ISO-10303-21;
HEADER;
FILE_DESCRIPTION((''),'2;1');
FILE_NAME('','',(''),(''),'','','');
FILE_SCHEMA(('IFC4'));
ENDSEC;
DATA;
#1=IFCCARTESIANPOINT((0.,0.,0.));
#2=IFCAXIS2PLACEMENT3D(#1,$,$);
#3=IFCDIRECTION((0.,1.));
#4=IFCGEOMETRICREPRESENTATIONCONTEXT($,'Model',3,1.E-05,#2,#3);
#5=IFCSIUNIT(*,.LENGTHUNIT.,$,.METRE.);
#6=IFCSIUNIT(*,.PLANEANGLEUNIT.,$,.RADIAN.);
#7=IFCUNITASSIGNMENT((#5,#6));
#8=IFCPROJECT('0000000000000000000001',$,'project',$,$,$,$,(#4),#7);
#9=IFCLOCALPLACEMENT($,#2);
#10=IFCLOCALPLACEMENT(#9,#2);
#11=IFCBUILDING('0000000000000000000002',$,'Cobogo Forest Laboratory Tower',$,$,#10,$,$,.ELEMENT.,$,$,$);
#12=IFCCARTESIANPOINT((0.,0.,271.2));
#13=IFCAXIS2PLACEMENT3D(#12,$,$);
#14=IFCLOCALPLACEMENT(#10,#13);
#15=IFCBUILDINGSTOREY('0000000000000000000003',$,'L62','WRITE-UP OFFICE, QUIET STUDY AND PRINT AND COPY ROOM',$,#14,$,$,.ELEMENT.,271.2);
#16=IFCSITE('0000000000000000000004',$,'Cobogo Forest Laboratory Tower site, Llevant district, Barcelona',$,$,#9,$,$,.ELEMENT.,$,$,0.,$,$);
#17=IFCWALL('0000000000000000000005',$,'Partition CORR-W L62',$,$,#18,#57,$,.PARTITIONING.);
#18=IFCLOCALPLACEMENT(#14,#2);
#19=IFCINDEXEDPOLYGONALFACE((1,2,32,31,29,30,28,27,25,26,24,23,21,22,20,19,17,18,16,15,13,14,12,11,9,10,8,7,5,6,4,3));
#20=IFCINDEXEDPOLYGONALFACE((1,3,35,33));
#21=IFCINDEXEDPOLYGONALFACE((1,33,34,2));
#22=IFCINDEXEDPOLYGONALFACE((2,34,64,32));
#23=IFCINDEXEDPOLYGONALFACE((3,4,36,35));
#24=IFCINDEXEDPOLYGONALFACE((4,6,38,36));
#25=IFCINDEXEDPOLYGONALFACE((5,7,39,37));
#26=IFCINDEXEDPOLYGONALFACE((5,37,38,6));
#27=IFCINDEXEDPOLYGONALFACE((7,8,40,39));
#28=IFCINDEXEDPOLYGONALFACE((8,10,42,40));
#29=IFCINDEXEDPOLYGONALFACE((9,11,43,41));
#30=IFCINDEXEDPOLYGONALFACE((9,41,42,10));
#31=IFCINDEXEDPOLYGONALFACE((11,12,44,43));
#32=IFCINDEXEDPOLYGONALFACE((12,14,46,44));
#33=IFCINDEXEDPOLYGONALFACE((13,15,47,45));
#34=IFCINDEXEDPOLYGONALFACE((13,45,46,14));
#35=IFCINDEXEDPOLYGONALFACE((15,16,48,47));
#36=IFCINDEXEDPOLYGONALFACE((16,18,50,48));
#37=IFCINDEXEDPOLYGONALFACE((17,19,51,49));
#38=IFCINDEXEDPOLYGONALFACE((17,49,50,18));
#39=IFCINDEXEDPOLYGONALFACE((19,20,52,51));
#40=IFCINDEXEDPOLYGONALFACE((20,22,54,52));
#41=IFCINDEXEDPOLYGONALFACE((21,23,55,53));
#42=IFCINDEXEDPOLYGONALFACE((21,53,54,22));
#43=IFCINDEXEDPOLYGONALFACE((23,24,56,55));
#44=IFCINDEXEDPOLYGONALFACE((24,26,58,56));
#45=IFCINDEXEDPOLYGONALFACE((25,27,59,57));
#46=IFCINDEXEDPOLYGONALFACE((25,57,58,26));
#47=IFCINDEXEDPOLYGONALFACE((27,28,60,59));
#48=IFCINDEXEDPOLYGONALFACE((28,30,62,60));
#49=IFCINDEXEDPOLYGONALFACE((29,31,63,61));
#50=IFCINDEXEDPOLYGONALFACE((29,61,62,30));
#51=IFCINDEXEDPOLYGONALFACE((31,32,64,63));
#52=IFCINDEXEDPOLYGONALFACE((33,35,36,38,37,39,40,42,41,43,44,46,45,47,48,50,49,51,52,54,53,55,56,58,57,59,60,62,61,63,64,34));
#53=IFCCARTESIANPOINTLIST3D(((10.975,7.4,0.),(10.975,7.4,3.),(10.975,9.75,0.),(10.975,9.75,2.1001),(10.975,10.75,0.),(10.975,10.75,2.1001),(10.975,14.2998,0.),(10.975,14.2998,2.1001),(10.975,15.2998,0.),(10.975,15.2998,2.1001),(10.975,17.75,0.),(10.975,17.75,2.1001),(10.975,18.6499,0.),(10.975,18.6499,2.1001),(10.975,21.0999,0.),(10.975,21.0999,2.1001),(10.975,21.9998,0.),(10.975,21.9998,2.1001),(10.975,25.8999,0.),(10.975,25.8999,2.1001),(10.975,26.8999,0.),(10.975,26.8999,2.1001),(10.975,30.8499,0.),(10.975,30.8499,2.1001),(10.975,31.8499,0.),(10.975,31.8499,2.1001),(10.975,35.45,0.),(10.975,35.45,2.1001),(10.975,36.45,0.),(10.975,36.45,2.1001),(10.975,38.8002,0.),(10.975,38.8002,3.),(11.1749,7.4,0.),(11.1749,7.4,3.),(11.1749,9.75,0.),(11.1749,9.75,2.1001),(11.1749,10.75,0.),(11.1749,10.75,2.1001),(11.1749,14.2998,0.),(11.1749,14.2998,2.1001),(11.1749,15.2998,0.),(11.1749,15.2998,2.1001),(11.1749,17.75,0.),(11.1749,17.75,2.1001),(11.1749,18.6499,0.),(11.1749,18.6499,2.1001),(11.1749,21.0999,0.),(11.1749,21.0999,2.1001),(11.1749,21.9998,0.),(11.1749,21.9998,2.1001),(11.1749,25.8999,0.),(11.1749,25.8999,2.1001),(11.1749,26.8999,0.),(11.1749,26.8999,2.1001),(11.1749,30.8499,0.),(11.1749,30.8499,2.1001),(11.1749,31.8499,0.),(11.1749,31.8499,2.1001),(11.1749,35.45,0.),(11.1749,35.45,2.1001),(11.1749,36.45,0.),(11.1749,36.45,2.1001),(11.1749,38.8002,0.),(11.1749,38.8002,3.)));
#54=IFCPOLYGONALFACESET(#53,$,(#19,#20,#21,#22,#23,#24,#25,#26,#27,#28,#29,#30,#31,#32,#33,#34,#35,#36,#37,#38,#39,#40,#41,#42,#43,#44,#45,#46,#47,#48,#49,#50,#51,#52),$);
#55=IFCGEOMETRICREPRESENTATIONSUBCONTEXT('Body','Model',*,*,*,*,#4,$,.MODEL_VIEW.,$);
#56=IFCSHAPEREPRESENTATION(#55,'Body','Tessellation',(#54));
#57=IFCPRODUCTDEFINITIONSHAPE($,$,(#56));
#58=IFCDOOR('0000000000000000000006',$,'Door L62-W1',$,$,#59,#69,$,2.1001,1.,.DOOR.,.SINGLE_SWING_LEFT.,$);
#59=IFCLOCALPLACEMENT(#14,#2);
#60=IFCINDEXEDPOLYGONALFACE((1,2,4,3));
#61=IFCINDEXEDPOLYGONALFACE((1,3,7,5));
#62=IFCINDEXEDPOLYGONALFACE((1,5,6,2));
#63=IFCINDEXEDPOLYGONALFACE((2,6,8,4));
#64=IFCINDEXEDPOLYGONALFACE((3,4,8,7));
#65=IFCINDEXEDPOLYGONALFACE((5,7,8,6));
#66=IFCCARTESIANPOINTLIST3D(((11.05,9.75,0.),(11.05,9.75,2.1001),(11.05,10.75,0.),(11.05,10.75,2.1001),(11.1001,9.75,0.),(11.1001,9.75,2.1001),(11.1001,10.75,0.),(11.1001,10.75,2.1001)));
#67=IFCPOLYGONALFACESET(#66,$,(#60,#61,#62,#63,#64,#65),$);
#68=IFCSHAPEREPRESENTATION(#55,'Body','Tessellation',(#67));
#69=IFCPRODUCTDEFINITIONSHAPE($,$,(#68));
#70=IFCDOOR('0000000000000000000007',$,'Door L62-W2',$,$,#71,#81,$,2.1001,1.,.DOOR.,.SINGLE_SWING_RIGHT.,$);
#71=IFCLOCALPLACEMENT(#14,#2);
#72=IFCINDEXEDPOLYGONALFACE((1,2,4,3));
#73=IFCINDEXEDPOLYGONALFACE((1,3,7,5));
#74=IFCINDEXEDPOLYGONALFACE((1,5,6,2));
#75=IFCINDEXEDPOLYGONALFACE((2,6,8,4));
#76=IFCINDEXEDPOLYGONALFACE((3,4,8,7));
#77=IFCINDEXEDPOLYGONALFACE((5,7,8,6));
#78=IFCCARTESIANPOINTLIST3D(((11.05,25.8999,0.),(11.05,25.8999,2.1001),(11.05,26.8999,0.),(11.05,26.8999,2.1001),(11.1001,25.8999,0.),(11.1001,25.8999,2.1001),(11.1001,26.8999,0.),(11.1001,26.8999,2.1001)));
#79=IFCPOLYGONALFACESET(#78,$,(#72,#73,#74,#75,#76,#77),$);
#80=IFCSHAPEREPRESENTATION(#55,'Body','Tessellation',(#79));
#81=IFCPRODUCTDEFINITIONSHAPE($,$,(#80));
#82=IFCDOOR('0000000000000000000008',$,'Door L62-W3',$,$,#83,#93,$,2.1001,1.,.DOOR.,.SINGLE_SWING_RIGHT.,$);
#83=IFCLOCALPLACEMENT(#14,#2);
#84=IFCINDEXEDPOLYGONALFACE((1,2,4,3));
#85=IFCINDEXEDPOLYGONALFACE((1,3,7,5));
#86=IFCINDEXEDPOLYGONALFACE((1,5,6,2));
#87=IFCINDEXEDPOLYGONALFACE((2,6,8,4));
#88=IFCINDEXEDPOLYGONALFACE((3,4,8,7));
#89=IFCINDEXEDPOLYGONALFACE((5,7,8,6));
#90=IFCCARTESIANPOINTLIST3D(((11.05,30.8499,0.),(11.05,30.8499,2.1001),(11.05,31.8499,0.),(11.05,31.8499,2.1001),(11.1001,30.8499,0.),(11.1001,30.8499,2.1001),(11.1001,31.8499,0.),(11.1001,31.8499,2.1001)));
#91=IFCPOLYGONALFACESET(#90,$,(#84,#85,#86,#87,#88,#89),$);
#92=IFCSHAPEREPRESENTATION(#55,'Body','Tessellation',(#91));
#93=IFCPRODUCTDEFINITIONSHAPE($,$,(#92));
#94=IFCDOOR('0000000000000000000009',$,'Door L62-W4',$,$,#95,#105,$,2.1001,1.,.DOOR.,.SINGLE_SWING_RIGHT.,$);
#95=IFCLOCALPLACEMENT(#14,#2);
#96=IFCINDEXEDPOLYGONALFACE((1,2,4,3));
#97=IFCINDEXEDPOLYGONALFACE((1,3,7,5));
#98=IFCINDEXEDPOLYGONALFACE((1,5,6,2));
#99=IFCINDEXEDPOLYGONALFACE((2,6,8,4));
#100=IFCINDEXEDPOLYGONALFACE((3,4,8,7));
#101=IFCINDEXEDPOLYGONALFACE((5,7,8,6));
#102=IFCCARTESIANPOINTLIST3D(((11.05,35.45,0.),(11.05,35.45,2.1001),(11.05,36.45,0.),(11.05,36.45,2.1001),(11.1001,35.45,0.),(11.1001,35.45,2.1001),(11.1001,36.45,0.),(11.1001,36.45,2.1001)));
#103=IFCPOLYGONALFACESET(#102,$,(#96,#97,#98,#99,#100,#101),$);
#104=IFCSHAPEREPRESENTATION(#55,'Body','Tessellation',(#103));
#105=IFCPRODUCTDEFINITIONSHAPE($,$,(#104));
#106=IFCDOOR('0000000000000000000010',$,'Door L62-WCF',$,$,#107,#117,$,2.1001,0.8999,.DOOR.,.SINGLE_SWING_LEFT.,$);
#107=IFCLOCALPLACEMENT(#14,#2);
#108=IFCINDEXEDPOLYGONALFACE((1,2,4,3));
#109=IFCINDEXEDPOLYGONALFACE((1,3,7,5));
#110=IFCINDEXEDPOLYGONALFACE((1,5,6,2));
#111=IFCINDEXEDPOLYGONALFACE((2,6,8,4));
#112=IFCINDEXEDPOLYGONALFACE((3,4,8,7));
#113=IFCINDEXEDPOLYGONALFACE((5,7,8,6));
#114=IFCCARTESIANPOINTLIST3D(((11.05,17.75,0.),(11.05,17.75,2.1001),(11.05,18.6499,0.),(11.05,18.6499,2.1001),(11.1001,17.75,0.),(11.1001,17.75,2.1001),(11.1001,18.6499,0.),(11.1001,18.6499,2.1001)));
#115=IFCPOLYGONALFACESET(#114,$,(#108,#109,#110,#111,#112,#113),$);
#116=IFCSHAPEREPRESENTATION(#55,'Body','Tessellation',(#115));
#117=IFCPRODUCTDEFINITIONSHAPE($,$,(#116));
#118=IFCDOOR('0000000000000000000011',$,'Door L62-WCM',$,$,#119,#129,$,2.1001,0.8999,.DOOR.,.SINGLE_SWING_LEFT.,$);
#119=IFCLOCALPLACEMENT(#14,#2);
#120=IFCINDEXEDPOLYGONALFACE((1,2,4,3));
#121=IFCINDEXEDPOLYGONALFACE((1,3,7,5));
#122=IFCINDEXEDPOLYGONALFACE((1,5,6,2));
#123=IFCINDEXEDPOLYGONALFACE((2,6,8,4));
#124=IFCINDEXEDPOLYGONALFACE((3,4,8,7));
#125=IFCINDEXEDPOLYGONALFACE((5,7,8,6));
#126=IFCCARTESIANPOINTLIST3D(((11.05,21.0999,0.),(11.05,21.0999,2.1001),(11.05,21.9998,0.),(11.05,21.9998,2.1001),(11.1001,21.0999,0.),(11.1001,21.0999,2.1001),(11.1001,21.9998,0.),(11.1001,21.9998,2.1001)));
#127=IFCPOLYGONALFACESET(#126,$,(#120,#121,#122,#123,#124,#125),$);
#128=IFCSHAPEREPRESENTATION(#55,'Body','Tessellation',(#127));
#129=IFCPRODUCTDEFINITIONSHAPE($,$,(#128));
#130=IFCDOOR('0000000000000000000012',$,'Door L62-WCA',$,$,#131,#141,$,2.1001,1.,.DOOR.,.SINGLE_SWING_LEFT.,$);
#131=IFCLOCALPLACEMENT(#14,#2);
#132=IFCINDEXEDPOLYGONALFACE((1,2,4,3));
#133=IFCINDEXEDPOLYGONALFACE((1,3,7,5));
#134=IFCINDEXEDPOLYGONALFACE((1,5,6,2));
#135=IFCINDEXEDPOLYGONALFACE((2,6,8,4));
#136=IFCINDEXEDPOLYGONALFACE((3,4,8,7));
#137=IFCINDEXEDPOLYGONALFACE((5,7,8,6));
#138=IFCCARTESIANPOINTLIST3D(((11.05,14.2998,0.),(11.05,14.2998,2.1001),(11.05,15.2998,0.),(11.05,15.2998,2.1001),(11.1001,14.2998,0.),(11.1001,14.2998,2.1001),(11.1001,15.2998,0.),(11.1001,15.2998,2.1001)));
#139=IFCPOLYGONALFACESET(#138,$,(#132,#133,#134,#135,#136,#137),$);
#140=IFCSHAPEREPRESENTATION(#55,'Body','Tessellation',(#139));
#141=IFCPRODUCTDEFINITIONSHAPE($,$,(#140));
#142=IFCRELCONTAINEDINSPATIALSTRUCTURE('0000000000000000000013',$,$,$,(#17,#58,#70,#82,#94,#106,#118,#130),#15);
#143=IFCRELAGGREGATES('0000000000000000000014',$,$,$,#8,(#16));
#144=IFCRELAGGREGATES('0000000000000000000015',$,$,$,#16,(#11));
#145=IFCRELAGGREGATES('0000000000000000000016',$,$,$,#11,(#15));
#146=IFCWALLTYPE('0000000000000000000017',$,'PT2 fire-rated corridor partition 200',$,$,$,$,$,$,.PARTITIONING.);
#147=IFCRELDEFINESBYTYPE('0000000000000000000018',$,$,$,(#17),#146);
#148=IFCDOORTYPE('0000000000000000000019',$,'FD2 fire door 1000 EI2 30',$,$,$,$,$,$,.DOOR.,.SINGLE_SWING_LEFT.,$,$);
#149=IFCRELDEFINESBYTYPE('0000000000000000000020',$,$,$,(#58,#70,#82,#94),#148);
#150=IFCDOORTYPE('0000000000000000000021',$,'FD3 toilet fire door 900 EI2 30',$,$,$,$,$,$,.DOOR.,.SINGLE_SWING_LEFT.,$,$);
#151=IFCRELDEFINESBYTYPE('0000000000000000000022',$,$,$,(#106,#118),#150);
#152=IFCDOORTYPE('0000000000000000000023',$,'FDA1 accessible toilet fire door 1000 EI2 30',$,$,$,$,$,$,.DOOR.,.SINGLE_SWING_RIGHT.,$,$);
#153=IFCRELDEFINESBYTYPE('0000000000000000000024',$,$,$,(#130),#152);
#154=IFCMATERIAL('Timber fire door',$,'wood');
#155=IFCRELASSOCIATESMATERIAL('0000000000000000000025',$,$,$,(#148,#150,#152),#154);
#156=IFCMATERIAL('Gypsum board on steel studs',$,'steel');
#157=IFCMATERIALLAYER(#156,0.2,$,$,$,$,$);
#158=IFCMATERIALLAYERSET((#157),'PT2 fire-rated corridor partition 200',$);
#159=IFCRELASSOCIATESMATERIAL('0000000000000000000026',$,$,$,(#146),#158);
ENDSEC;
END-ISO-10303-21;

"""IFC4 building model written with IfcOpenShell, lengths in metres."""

from ifc_helpers import new_model, si_unit, direction, frame, frame_2d, origin, place, context, subcontext, project, spatial, rectangle, extrude, material, layer, layer_set, type_object, element, fill, save


model = new_model("IFC4")

# Units and contexts
model_context = context("Model", 3, precision=1e-05, world=origin(), true_north=direction((0.0, 1.0)))
body_context = subcontext(model_context, "Body", "Model", "MODEL_VIEW")
ifc_project = project(units=[si_unit("LENGTHUNIT", "METRE"), si_unit("PLANEANGLEUNIT", "RADIAN")], contexts=[model_context])

# Site, building, storey
site_placement = place(None, origin())
site = spatial("IfcSite", under=ifc_project, at=site_placement, Name="Cobogo Forest Laboratory Tower site, Llevant district, Barcelona", CompositionType="ELEMENT", RefElevation=0.0)
building_placement = place(site_placement, origin())
building = spatial("IfcBuilding", under=site, at=building_placement, Name="Cobogo Forest Laboratory Tower", CompositionType="ELEMENT")
storey_placement = place(building_placement, frame((0.0, 0.0, 271.2)))
storey = spatial("IfcBuildingStorey", under=building, at=storey_placement, Name="L62", Description="WRITE-UP OFFICE, QUIET STUDY AND PRINT AND COPY ROOM", CompositionType="ELEMENT", Elevation=271.2)

# Shared definitions
ifc_material_1 = material(Name="Gypsum board on steel studs", Category="steel")
ifc_material_2 = material(Name="Timber fire door", Category="wood")
door_type_1 = type_object("IfcDoorType", Name="FD2 fire door 1000 EI2 30", OperationType="SINGLE_SWING_LEFT", PredefinedType="DOOR", material=ifc_material_2)

# Wall, openings, doors
ifc_layer_1 = layer(ifc_material_1, 0.2)
ifc_layer_set_1 = layer_set([ifc_layer_1], Name="PT2 fire-rated corridor partition 200")
wall_type_1 = type_object("IfcWallType", Name="PT2 fire-rated corridor partition 200", PredefinedType="PARTITIONING", material=ifc_layer_set_1)
wall_1_placement = place(storey_placement, frame((11.075, 7.3999, 0.0), z_axis=(0.0, 0.0, 1.0), x_axis=(0.0, 1.0, 0.0)))
wall_1 = element("IfcWall", 1, at=wall_1_placement, inside=storey, type_object=wall_type_1, Name="Partition CORR-W L62", PredefinedType="PARTITIONING", context=body_context, shape_type="SweptSolid", body=[
    extrude(rectangle(XDim=31.4001, YDim=0.2, at=frame_2d((15.7002, 0.0))), origin(), (0.0, 0.0, 1.0), 3.0),
])
opening_1_placement = place(wall_1_placement, frame((2.3501, 0.0, 0.0)))
opening_1 = element("IfcOpeningElement", 2, at=opening_1_placement, cuts=wall_1, PredefinedType="OPENING", context=body_context, shape_type="SweptSolid", body=[
    extrude(rectangle(XDim=1.0, YDim=2.1001, at=frame_2d((0.5, 1.05))), frame((0.0, 0.1099, 0.0), z_axis=(0.0, -1.0, 0.0), x_axis=(1.0, 0.0, 0.0)), (0.0, 0.0, 1.0), 0.22),
])
opening_2_placement = place(wall_1_placement, frame((6.8999, 0.0, 0.0)))
opening_2 = element("IfcOpeningElement", 3, at=opening_2_placement, cuts=wall_1, PredefinedType="OPENING", context=body_context, shape_type="SweptSolid", body=[
    extrude(rectangle(XDim=1.0, YDim=2.1001, at=frame_2d((0.5, 1.05))), frame((0.0, 0.1099, 0.0), z_axis=(0.0, -1.0, 0.0), x_axis=(1.0, 0.0, 0.0)), (0.0, 0.0, 1.0), 0.22),
])
opening_3_placement = place(wall_1_placement, frame((10.3501, 0.0, 0.0)))
opening_3 = element("IfcOpeningElement", 4, at=opening_3_placement, cuts=wall_1, PredefinedType="OPENING", context=body_context, shape_type="SweptSolid", body=[
    extrude(rectangle(XDim=0.8999, YDim=2.1001, at=frame_2d((0.45, 1.05))), frame((0.0, 0.1099, 0.0), z_axis=(0.0, -1.0, 0.0), x_axis=(1.0, 0.0, 0.0)), (0.0, 0.0, 1.0), 0.22),
])
opening_4_placement = place(wall_1_placement, frame((13.7, 0.0, 0.0)))
opening_4 = element("IfcOpeningElement", 5, at=opening_4_placement, cuts=wall_1, PredefinedType="OPENING", context=body_context, shape_type="SweptSolid", body=[
    extrude(rectangle(XDim=0.8999, YDim=2.1001, at=frame_2d((0.45, 1.05))), frame((0.0, 0.1099, 0.0), z_axis=(0.0, -1.0, 0.0), x_axis=(1.0, 0.0, 0.0)), (0.0, 0.0, 1.0), 0.22),
])
opening_5_placement = place(wall_1_placement, frame((18.5, 0.0, 0.0)))
opening_5 = element("IfcOpeningElement", 6, at=opening_5_placement, cuts=wall_1, PredefinedType="OPENING", context=body_context, shape_type="SweptSolid", body=[
    extrude(rectangle(XDim=1.0, YDim=2.1001, at=frame_2d((0.5, 1.05))), frame((0.0, 0.1099, 0.0), z_axis=(0.0, -1.0, 0.0), x_axis=(1.0, 0.0, 0.0)), (0.0, 0.0, 1.0), 0.22),
])
opening_6_placement = place(wall_1_placement, frame((23.45, 0.0, 0.0)))
opening_6 = element("IfcOpeningElement", 7, at=opening_6_placement, cuts=wall_1, PredefinedType="OPENING", context=body_context, shape_type="SweptSolid", body=[
    extrude(rectangle(XDim=1.0, YDim=2.1001, at=frame_2d((0.5, 1.05))), frame((0.0, 0.1099, 0.0), z_axis=(0.0, -1.0, 0.0), x_axis=(1.0, 0.0, 0.0)), (0.0, 0.0, 1.0), 0.22),
])
opening_7_placement = place(wall_1_placement, frame((28.05, 0.0, 0.0)))
opening_7 = element("IfcOpeningElement", 8, at=opening_7_placement, cuts=wall_1, PredefinedType="OPENING", context=body_context, shape_type="SweptSolid", body=[
    extrude(rectangle(XDim=1.0, YDim=2.1001, at=frame_2d((0.5, 1.05))), frame((0.0, 0.1099, 0.0), z_axis=(0.0, -1.0, 0.0), x_axis=(1.0, 0.0, 0.0)), (0.0, 0.0, 1.0), 0.22),
])
door_1_placement = place(opening_1_placement, origin())
door_1 = element("IfcDoor", 9, at=door_1_placement, inside=storey, type_object=door_type_1, Name="Door L62-W1", OperationType="SINGLE_SWING_LEFT", OverallHeight=2.1001, OverallWidth=1.0, PredefinedType="DOOR", context=body_context, shape_type="SweptSolid", body=[
    extrude(rectangle(XDim=1.0, YDim=2.1001, at=frame_2d((0.5, 1.05))), frame((0.0, 0.0249, 0.0), z_axis=(0.0, -1.0, 0.0), x_axis=(1.0, 0.0, 0.0)), (0.0, 0.0, 1.0), 0.05),
])
fill(opening_1, door_1)
door_2_placement = place(opening_5_placement, origin())
door_2 = element("IfcDoor", 10, at=door_2_placement, inside=storey, type_object=door_type_1, Name="Door L62-W2", OperationType="SINGLE_SWING_RIGHT", OverallHeight=2.1001, OverallWidth=1.0, PredefinedType="DOOR", context=body_context, shape_type="SweptSolid", body=[
    extrude(rectangle(XDim=1.0, YDim=2.1001, at=frame_2d((0.5, 1.05))), frame((0.0, 0.0249, 0.0), z_axis=(0.0, -1.0, 0.0), x_axis=(1.0, 0.0, 0.0)), (0.0, 0.0, 1.0), 0.05),
])
fill(opening_5, door_2)
door_3_placement = place(opening_6_placement, origin())
door_3 = element("IfcDoor", 11, at=door_3_placement, inside=storey, type_object=door_type_1, Name="Door L62-W3", OperationType="SINGLE_SWING_RIGHT", OverallHeight=2.1001, OverallWidth=1.0, PredefinedType="DOOR", context=body_context, shape_type="SweptSolid", body=[
    extrude(rectangle(XDim=1.0, YDim=2.1001, at=frame_2d((0.5, 1.05))), frame((0.0, 0.0249, 0.0), z_axis=(0.0, -1.0, 0.0), x_axis=(1.0, 0.0, 0.0)), (0.0, 0.0, 1.0), 0.05),
])
fill(opening_6, door_3)
door_4_placement = place(opening_7_placement, origin())
door_4 = element("IfcDoor", 12, at=door_4_placement, inside=storey, type_object=door_type_1, Name="Door L62-W4", OperationType="SINGLE_SWING_RIGHT", OverallHeight=2.1001, OverallWidth=1.0, PredefinedType="DOOR", context=body_context, shape_type="SweptSolid", body=[
    extrude(rectangle(XDim=1.0, YDim=2.1001, at=frame_2d((0.5, 1.05))), frame((0.0, 0.0249, 0.0), z_axis=(0.0, -1.0, 0.0), x_axis=(1.0, 0.0, 0.0)), (0.0, 0.0, 1.0), 0.05),
])
fill(opening_7, door_4)
door_type_2 = type_object("IfcDoorType", Name="FD3 toilet fire door 900 EI2 30", OperationType="SINGLE_SWING_LEFT", PredefinedType="DOOR", material=ifc_material_2)
door_5_placement = place(opening_3_placement, origin())
door_5 = element("IfcDoor", 13, at=door_5_placement, inside=storey, type_object=door_type_2, Name="Door L62-WCF", OperationType="SINGLE_SWING_LEFT", OverallHeight=2.1001, OverallWidth=0.8999, PredefinedType="DOOR", context=body_context, shape_type="SweptSolid", body=[
    extrude(rectangle(XDim=0.8999, YDim=2.1001, at=frame_2d((0.45, 1.05))), frame((0.0, 0.0249, 0.0), z_axis=(0.0, -1.0, 0.0), x_axis=(1.0, 0.0, 0.0)), (0.0, 0.0, 1.0), 0.05),
])
fill(opening_3, door_5)
door_6_placement = place(opening_4_placement, origin())
door_6 = element("IfcDoor", 14, at=door_6_placement, inside=storey, type_object=door_type_2, Name="Door L62-WCM", OperationType="SINGLE_SWING_LEFT", OverallHeight=2.1001, OverallWidth=0.8999, PredefinedType="DOOR", context=body_context, shape_type="SweptSolid", body=[
    extrude(rectangle(XDim=0.8999, YDim=2.1001, at=frame_2d((0.45, 1.05))), frame((0.0, 0.0249, 0.0), z_axis=(0.0, -1.0, 0.0), x_axis=(1.0, 0.0, 0.0)), (0.0, 0.0, 1.0), 0.05),
])
fill(opening_4, door_6)
door_type_3 = type_object("IfcDoorType", Name="FDA1 accessible toilet fire door 1000 EI2 30", OperationType="SINGLE_SWING_RIGHT", PredefinedType="DOOR", material=ifc_material_2)
door_7_placement = place(opening_2_placement, origin())
door_7 = element("IfcDoor", 15, at=door_7_placement, inside=storey, type_object=door_type_3, Name="Door L62-WCA", OperationType="SINGLE_SWING_LEFT", OverallHeight=2.1001, OverallWidth=1.0, PredefinedType="DOOR", context=body_context, shape_type="SweptSolid", body=[
    extrude(rectangle(XDim=1.0, YDim=2.1001, at=frame_2d((0.5, 1.05))), frame((0.0, 0.0249, 0.0), z_axis=(0.0, -1.0, 0.0), x_axis=(1.0, 0.0, 0.0)), (0.0, 0.0, 1.0), 0.05),
])
fill(opening_2, door_7)

save(model, "model.ifc")
